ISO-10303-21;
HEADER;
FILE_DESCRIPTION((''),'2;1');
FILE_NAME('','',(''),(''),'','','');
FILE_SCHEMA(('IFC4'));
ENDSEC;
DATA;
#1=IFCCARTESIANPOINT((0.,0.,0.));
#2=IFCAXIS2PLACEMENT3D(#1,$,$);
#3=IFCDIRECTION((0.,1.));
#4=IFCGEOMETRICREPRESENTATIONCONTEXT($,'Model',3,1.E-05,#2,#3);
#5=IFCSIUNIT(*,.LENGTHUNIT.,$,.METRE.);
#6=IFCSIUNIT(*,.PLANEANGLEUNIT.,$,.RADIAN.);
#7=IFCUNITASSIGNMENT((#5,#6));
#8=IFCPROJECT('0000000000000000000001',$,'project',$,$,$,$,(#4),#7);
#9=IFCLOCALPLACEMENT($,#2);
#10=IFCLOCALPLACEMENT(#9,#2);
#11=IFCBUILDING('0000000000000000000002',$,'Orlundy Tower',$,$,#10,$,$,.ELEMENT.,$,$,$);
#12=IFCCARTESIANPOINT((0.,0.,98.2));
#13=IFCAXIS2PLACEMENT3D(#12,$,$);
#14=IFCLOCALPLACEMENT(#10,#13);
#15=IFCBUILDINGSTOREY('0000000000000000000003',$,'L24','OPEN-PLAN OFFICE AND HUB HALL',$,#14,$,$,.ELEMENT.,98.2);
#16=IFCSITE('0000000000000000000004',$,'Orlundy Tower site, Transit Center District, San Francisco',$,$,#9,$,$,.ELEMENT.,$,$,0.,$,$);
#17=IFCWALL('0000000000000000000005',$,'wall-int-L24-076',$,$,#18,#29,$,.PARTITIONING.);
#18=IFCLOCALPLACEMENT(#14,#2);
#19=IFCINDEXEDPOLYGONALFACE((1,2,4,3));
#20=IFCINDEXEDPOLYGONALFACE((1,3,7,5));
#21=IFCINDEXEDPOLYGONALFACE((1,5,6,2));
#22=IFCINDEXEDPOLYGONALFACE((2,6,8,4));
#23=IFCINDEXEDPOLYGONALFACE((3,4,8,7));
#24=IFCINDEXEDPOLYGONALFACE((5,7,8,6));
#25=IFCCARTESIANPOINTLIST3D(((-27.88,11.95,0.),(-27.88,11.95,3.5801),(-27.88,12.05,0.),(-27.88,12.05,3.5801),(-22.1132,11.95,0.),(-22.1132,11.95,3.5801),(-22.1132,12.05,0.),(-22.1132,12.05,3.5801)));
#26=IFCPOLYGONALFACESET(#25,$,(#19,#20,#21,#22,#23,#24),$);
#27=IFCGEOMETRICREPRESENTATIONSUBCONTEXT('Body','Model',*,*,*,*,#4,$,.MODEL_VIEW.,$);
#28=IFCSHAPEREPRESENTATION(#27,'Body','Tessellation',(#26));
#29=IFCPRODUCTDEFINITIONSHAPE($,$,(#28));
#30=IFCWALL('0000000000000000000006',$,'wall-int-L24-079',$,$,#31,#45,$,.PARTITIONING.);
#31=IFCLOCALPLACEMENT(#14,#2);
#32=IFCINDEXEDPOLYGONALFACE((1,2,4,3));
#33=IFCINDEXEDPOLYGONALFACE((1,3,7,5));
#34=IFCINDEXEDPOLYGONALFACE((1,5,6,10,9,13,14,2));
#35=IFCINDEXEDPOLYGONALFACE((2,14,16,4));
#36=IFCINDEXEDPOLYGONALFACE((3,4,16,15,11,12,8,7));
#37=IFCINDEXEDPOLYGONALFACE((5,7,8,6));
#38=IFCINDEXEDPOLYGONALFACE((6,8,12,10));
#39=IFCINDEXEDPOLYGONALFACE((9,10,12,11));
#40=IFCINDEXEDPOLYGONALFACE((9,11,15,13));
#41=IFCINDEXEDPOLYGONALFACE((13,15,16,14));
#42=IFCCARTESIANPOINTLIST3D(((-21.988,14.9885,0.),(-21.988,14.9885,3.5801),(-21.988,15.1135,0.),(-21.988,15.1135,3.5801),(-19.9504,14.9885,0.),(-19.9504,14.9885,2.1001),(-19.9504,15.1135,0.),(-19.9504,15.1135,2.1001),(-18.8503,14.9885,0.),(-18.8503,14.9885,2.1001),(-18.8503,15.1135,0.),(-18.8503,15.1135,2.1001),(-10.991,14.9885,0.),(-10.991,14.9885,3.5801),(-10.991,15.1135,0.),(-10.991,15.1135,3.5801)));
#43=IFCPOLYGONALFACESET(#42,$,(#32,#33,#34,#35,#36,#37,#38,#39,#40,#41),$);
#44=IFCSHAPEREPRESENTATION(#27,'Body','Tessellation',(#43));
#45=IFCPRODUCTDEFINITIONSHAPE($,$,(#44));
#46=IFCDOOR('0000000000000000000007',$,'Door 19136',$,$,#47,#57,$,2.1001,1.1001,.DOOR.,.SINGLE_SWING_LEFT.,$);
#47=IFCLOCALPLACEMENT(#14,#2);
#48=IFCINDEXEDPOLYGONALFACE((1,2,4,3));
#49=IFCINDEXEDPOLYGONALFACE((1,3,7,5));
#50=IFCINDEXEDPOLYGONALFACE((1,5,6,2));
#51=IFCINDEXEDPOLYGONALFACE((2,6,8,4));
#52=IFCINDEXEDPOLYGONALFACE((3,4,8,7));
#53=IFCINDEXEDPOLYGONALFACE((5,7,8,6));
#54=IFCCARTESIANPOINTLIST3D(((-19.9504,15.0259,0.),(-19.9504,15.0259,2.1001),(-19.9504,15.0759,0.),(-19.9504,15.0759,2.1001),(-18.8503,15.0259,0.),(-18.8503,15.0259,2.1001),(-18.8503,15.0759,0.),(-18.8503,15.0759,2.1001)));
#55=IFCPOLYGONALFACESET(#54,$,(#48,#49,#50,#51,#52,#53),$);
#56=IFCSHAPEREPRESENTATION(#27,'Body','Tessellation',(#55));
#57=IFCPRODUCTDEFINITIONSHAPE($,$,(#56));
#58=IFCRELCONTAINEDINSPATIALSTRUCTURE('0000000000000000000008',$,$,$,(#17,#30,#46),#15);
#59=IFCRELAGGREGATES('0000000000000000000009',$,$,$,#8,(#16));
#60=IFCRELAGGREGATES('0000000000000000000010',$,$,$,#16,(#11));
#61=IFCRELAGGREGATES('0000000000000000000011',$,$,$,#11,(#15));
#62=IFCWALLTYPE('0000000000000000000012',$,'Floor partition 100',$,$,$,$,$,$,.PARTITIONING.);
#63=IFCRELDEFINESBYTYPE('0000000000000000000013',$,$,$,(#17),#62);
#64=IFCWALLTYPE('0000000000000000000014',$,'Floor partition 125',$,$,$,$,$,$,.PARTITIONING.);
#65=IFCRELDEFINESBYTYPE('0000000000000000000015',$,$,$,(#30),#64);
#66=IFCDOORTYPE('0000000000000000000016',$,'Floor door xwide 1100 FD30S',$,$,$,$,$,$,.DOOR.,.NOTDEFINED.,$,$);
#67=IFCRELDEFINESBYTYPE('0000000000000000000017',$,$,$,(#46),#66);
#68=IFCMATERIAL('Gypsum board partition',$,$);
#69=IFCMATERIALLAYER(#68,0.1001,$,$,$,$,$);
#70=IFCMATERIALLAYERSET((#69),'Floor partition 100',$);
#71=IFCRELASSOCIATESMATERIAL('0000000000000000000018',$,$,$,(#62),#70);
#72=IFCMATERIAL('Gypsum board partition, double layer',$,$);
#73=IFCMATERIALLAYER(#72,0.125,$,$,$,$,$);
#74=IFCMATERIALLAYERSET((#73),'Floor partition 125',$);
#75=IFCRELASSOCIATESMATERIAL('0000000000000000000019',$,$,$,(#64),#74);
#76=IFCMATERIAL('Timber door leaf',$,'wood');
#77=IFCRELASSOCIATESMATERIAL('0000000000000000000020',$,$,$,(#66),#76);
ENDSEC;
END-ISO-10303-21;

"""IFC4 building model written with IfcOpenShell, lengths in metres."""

from ifc_helpers import new_model, si_unit, direction, frame, frame_2d, origin, place, context, subcontext, project, spatial, rectangle, extrude, material, layer, layer_set, type_object, element, fill, save


model = new_model("IFC4")

# Units and contexts
model_context = context("Model", 3, precision=1e-05, world=origin(), true_north=direction((0.0, 1.0)))
body_context = subcontext(model_context, "Body", "Model", "MODEL_VIEW")
ifc_project = project(units=[si_unit("LENGTHUNIT", "METRE"), si_unit("PLANEANGLEUNIT", "RADIAN")], contexts=[model_context])

# Site, building, storey
site_placement = place(None, origin())
site = spatial("IfcSite", under=ifc_project, at=site_placement, Name="Orlundy Tower site, Transit Center District, San Francisco", CompositionType="ELEMENT", RefElevation=0.0)
building_placement = place(site_placement, origin())
building = spatial("IfcBuilding", under=site, at=building_placement, Name="Orlundy Tower", CompositionType="ELEMENT")
storey_placement = place(building_placement, frame((0.0, 0.0, 98.2)))
storey = spatial("IfcBuildingStorey", under=building, at=storey_placement, Name="L24", Description="OPEN-PLAN OFFICE AND HUB HALL", CompositionType="ELEMENT", Elevation=98.2)

# Wall
ifc_material_1 = material(Name="Gypsum board partition")
ifc_layer_1 = layer(ifc_material_1, 0.1001)
ifc_layer_set_1 = layer_set([ifc_layer_1], Name="Floor partition 100")
wall_type_1 = type_object("IfcWallType", Name="Floor partition 100", PredefinedType="PARTITIONING", material=ifc_layer_set_1)
wall_1_placement = place(storey_placement, frame((-27.8799, 12.0, 0.0), z_axis=(0.0, 0.0, 1.0), x_axis=(1.0, 0.0, 0.0)))
element("IfcWall", 1, at=wall_1_placement, inside=storey, type_object=wall_type_1, Name="wall-int-L24-076", PredefinedType="PARTITIONING", context=body_context, shape_type="SweptSolid", body=[
    extrude(rectangle(XDim=5.7668, YDim=0.1001, at=frame_2d((2.8833, 0.0))), origin(), (0.0, 0.0, 1.0), 3.5801),
])

# Wall, opening, door
ifc_material_2 = material(Name="Gypsum board partition, double layer")
ifc_layer_2 = layer(ifc_material_2, 0.125)
ifc_layer_set_2 = layer_set([ifc_layer_2], Name="Floor partition 125")
wall_type_2 = type_object("IfcWallType", Name="Floor partition 125", PredefinedType="PARTITIONING", material=ifc_layer_set_2)
wall_2_placement = place(storey_placement, frame((-21.988, 15.051, 0.0), z_axis=(0.0, 0.0, 1.0), x_axis=(1.0, 0.0, 0.0)))
wall_2 = element("IfcWall", 2, at=wall_2_placement, inside=storey, type_object=wall_type_2, Name="wall-int-L24-079", PredefinedType="PARTITIONING", context=body_context, shape_type="SweptSolid", body=[
    extrude(rectangle(XDim=10.9971, YDim=0.125, at=frame_2d((5.4985, 0.0))), origin(), (0.0, 0.0, 1.0), 3.5801),
])
opening_1_placement = place(wall_2_placement, frame((2.0376, 0.0, 0.0)))
opening_1 = element("IfcOpeningElement", 3, at=opening_1_placement, cuts=wall_2, PredefinedType="OPENING", context=body_context, shape_type="SweptSolid", body=[
    extrude(rectangle(XDim=1.1001, YDim=2.1001, at=frame_2d((0.55, 1.05))), frame((0.0, 0.0725, 0.0), z_axis=(0.0, -1.0, 0.0), x_axis=(1.0, 0.0, 0.0)), (0.0, 0.0, 1.0), 0.145),
])
ifc_material_3 = material(Name="Timber door leaf", Category="wood")
door_type_1 = type_object("IfcDoorType", Name="Floor door xwide 1100 FD30S", OperationType="NOTDEFINED", PredefinedType="DOOR", material=ifc_material_3)
door_1_placement = place(opening_1_placement, origin())
door_1 = element("IfcDoor", 4, at=door_1_placement, inside=storey, type_object=door_type_1, Name="Door 19136", OperationType="SINGLE_SWING_LEFT", OverallHeight=2.1001, OverallWidth=1.1001, PredefinedType="DOOR", context=body_context, shape_type="SweptSolid", body=[
    extrude(rectangle(XDim=1.1001, YDim=2.1001, at=frame_2d((0.55, 1.05))), frame((0.0, 0.0249, 0.0), z_axis=(0.0, -1.0, 0.0), x_axis=(1.0, 0.0, 0.0)), (0.0, 0.0, 1.0), 0.05),
])
fill(opening_1, door_1)

save(model, "model.ifc")
